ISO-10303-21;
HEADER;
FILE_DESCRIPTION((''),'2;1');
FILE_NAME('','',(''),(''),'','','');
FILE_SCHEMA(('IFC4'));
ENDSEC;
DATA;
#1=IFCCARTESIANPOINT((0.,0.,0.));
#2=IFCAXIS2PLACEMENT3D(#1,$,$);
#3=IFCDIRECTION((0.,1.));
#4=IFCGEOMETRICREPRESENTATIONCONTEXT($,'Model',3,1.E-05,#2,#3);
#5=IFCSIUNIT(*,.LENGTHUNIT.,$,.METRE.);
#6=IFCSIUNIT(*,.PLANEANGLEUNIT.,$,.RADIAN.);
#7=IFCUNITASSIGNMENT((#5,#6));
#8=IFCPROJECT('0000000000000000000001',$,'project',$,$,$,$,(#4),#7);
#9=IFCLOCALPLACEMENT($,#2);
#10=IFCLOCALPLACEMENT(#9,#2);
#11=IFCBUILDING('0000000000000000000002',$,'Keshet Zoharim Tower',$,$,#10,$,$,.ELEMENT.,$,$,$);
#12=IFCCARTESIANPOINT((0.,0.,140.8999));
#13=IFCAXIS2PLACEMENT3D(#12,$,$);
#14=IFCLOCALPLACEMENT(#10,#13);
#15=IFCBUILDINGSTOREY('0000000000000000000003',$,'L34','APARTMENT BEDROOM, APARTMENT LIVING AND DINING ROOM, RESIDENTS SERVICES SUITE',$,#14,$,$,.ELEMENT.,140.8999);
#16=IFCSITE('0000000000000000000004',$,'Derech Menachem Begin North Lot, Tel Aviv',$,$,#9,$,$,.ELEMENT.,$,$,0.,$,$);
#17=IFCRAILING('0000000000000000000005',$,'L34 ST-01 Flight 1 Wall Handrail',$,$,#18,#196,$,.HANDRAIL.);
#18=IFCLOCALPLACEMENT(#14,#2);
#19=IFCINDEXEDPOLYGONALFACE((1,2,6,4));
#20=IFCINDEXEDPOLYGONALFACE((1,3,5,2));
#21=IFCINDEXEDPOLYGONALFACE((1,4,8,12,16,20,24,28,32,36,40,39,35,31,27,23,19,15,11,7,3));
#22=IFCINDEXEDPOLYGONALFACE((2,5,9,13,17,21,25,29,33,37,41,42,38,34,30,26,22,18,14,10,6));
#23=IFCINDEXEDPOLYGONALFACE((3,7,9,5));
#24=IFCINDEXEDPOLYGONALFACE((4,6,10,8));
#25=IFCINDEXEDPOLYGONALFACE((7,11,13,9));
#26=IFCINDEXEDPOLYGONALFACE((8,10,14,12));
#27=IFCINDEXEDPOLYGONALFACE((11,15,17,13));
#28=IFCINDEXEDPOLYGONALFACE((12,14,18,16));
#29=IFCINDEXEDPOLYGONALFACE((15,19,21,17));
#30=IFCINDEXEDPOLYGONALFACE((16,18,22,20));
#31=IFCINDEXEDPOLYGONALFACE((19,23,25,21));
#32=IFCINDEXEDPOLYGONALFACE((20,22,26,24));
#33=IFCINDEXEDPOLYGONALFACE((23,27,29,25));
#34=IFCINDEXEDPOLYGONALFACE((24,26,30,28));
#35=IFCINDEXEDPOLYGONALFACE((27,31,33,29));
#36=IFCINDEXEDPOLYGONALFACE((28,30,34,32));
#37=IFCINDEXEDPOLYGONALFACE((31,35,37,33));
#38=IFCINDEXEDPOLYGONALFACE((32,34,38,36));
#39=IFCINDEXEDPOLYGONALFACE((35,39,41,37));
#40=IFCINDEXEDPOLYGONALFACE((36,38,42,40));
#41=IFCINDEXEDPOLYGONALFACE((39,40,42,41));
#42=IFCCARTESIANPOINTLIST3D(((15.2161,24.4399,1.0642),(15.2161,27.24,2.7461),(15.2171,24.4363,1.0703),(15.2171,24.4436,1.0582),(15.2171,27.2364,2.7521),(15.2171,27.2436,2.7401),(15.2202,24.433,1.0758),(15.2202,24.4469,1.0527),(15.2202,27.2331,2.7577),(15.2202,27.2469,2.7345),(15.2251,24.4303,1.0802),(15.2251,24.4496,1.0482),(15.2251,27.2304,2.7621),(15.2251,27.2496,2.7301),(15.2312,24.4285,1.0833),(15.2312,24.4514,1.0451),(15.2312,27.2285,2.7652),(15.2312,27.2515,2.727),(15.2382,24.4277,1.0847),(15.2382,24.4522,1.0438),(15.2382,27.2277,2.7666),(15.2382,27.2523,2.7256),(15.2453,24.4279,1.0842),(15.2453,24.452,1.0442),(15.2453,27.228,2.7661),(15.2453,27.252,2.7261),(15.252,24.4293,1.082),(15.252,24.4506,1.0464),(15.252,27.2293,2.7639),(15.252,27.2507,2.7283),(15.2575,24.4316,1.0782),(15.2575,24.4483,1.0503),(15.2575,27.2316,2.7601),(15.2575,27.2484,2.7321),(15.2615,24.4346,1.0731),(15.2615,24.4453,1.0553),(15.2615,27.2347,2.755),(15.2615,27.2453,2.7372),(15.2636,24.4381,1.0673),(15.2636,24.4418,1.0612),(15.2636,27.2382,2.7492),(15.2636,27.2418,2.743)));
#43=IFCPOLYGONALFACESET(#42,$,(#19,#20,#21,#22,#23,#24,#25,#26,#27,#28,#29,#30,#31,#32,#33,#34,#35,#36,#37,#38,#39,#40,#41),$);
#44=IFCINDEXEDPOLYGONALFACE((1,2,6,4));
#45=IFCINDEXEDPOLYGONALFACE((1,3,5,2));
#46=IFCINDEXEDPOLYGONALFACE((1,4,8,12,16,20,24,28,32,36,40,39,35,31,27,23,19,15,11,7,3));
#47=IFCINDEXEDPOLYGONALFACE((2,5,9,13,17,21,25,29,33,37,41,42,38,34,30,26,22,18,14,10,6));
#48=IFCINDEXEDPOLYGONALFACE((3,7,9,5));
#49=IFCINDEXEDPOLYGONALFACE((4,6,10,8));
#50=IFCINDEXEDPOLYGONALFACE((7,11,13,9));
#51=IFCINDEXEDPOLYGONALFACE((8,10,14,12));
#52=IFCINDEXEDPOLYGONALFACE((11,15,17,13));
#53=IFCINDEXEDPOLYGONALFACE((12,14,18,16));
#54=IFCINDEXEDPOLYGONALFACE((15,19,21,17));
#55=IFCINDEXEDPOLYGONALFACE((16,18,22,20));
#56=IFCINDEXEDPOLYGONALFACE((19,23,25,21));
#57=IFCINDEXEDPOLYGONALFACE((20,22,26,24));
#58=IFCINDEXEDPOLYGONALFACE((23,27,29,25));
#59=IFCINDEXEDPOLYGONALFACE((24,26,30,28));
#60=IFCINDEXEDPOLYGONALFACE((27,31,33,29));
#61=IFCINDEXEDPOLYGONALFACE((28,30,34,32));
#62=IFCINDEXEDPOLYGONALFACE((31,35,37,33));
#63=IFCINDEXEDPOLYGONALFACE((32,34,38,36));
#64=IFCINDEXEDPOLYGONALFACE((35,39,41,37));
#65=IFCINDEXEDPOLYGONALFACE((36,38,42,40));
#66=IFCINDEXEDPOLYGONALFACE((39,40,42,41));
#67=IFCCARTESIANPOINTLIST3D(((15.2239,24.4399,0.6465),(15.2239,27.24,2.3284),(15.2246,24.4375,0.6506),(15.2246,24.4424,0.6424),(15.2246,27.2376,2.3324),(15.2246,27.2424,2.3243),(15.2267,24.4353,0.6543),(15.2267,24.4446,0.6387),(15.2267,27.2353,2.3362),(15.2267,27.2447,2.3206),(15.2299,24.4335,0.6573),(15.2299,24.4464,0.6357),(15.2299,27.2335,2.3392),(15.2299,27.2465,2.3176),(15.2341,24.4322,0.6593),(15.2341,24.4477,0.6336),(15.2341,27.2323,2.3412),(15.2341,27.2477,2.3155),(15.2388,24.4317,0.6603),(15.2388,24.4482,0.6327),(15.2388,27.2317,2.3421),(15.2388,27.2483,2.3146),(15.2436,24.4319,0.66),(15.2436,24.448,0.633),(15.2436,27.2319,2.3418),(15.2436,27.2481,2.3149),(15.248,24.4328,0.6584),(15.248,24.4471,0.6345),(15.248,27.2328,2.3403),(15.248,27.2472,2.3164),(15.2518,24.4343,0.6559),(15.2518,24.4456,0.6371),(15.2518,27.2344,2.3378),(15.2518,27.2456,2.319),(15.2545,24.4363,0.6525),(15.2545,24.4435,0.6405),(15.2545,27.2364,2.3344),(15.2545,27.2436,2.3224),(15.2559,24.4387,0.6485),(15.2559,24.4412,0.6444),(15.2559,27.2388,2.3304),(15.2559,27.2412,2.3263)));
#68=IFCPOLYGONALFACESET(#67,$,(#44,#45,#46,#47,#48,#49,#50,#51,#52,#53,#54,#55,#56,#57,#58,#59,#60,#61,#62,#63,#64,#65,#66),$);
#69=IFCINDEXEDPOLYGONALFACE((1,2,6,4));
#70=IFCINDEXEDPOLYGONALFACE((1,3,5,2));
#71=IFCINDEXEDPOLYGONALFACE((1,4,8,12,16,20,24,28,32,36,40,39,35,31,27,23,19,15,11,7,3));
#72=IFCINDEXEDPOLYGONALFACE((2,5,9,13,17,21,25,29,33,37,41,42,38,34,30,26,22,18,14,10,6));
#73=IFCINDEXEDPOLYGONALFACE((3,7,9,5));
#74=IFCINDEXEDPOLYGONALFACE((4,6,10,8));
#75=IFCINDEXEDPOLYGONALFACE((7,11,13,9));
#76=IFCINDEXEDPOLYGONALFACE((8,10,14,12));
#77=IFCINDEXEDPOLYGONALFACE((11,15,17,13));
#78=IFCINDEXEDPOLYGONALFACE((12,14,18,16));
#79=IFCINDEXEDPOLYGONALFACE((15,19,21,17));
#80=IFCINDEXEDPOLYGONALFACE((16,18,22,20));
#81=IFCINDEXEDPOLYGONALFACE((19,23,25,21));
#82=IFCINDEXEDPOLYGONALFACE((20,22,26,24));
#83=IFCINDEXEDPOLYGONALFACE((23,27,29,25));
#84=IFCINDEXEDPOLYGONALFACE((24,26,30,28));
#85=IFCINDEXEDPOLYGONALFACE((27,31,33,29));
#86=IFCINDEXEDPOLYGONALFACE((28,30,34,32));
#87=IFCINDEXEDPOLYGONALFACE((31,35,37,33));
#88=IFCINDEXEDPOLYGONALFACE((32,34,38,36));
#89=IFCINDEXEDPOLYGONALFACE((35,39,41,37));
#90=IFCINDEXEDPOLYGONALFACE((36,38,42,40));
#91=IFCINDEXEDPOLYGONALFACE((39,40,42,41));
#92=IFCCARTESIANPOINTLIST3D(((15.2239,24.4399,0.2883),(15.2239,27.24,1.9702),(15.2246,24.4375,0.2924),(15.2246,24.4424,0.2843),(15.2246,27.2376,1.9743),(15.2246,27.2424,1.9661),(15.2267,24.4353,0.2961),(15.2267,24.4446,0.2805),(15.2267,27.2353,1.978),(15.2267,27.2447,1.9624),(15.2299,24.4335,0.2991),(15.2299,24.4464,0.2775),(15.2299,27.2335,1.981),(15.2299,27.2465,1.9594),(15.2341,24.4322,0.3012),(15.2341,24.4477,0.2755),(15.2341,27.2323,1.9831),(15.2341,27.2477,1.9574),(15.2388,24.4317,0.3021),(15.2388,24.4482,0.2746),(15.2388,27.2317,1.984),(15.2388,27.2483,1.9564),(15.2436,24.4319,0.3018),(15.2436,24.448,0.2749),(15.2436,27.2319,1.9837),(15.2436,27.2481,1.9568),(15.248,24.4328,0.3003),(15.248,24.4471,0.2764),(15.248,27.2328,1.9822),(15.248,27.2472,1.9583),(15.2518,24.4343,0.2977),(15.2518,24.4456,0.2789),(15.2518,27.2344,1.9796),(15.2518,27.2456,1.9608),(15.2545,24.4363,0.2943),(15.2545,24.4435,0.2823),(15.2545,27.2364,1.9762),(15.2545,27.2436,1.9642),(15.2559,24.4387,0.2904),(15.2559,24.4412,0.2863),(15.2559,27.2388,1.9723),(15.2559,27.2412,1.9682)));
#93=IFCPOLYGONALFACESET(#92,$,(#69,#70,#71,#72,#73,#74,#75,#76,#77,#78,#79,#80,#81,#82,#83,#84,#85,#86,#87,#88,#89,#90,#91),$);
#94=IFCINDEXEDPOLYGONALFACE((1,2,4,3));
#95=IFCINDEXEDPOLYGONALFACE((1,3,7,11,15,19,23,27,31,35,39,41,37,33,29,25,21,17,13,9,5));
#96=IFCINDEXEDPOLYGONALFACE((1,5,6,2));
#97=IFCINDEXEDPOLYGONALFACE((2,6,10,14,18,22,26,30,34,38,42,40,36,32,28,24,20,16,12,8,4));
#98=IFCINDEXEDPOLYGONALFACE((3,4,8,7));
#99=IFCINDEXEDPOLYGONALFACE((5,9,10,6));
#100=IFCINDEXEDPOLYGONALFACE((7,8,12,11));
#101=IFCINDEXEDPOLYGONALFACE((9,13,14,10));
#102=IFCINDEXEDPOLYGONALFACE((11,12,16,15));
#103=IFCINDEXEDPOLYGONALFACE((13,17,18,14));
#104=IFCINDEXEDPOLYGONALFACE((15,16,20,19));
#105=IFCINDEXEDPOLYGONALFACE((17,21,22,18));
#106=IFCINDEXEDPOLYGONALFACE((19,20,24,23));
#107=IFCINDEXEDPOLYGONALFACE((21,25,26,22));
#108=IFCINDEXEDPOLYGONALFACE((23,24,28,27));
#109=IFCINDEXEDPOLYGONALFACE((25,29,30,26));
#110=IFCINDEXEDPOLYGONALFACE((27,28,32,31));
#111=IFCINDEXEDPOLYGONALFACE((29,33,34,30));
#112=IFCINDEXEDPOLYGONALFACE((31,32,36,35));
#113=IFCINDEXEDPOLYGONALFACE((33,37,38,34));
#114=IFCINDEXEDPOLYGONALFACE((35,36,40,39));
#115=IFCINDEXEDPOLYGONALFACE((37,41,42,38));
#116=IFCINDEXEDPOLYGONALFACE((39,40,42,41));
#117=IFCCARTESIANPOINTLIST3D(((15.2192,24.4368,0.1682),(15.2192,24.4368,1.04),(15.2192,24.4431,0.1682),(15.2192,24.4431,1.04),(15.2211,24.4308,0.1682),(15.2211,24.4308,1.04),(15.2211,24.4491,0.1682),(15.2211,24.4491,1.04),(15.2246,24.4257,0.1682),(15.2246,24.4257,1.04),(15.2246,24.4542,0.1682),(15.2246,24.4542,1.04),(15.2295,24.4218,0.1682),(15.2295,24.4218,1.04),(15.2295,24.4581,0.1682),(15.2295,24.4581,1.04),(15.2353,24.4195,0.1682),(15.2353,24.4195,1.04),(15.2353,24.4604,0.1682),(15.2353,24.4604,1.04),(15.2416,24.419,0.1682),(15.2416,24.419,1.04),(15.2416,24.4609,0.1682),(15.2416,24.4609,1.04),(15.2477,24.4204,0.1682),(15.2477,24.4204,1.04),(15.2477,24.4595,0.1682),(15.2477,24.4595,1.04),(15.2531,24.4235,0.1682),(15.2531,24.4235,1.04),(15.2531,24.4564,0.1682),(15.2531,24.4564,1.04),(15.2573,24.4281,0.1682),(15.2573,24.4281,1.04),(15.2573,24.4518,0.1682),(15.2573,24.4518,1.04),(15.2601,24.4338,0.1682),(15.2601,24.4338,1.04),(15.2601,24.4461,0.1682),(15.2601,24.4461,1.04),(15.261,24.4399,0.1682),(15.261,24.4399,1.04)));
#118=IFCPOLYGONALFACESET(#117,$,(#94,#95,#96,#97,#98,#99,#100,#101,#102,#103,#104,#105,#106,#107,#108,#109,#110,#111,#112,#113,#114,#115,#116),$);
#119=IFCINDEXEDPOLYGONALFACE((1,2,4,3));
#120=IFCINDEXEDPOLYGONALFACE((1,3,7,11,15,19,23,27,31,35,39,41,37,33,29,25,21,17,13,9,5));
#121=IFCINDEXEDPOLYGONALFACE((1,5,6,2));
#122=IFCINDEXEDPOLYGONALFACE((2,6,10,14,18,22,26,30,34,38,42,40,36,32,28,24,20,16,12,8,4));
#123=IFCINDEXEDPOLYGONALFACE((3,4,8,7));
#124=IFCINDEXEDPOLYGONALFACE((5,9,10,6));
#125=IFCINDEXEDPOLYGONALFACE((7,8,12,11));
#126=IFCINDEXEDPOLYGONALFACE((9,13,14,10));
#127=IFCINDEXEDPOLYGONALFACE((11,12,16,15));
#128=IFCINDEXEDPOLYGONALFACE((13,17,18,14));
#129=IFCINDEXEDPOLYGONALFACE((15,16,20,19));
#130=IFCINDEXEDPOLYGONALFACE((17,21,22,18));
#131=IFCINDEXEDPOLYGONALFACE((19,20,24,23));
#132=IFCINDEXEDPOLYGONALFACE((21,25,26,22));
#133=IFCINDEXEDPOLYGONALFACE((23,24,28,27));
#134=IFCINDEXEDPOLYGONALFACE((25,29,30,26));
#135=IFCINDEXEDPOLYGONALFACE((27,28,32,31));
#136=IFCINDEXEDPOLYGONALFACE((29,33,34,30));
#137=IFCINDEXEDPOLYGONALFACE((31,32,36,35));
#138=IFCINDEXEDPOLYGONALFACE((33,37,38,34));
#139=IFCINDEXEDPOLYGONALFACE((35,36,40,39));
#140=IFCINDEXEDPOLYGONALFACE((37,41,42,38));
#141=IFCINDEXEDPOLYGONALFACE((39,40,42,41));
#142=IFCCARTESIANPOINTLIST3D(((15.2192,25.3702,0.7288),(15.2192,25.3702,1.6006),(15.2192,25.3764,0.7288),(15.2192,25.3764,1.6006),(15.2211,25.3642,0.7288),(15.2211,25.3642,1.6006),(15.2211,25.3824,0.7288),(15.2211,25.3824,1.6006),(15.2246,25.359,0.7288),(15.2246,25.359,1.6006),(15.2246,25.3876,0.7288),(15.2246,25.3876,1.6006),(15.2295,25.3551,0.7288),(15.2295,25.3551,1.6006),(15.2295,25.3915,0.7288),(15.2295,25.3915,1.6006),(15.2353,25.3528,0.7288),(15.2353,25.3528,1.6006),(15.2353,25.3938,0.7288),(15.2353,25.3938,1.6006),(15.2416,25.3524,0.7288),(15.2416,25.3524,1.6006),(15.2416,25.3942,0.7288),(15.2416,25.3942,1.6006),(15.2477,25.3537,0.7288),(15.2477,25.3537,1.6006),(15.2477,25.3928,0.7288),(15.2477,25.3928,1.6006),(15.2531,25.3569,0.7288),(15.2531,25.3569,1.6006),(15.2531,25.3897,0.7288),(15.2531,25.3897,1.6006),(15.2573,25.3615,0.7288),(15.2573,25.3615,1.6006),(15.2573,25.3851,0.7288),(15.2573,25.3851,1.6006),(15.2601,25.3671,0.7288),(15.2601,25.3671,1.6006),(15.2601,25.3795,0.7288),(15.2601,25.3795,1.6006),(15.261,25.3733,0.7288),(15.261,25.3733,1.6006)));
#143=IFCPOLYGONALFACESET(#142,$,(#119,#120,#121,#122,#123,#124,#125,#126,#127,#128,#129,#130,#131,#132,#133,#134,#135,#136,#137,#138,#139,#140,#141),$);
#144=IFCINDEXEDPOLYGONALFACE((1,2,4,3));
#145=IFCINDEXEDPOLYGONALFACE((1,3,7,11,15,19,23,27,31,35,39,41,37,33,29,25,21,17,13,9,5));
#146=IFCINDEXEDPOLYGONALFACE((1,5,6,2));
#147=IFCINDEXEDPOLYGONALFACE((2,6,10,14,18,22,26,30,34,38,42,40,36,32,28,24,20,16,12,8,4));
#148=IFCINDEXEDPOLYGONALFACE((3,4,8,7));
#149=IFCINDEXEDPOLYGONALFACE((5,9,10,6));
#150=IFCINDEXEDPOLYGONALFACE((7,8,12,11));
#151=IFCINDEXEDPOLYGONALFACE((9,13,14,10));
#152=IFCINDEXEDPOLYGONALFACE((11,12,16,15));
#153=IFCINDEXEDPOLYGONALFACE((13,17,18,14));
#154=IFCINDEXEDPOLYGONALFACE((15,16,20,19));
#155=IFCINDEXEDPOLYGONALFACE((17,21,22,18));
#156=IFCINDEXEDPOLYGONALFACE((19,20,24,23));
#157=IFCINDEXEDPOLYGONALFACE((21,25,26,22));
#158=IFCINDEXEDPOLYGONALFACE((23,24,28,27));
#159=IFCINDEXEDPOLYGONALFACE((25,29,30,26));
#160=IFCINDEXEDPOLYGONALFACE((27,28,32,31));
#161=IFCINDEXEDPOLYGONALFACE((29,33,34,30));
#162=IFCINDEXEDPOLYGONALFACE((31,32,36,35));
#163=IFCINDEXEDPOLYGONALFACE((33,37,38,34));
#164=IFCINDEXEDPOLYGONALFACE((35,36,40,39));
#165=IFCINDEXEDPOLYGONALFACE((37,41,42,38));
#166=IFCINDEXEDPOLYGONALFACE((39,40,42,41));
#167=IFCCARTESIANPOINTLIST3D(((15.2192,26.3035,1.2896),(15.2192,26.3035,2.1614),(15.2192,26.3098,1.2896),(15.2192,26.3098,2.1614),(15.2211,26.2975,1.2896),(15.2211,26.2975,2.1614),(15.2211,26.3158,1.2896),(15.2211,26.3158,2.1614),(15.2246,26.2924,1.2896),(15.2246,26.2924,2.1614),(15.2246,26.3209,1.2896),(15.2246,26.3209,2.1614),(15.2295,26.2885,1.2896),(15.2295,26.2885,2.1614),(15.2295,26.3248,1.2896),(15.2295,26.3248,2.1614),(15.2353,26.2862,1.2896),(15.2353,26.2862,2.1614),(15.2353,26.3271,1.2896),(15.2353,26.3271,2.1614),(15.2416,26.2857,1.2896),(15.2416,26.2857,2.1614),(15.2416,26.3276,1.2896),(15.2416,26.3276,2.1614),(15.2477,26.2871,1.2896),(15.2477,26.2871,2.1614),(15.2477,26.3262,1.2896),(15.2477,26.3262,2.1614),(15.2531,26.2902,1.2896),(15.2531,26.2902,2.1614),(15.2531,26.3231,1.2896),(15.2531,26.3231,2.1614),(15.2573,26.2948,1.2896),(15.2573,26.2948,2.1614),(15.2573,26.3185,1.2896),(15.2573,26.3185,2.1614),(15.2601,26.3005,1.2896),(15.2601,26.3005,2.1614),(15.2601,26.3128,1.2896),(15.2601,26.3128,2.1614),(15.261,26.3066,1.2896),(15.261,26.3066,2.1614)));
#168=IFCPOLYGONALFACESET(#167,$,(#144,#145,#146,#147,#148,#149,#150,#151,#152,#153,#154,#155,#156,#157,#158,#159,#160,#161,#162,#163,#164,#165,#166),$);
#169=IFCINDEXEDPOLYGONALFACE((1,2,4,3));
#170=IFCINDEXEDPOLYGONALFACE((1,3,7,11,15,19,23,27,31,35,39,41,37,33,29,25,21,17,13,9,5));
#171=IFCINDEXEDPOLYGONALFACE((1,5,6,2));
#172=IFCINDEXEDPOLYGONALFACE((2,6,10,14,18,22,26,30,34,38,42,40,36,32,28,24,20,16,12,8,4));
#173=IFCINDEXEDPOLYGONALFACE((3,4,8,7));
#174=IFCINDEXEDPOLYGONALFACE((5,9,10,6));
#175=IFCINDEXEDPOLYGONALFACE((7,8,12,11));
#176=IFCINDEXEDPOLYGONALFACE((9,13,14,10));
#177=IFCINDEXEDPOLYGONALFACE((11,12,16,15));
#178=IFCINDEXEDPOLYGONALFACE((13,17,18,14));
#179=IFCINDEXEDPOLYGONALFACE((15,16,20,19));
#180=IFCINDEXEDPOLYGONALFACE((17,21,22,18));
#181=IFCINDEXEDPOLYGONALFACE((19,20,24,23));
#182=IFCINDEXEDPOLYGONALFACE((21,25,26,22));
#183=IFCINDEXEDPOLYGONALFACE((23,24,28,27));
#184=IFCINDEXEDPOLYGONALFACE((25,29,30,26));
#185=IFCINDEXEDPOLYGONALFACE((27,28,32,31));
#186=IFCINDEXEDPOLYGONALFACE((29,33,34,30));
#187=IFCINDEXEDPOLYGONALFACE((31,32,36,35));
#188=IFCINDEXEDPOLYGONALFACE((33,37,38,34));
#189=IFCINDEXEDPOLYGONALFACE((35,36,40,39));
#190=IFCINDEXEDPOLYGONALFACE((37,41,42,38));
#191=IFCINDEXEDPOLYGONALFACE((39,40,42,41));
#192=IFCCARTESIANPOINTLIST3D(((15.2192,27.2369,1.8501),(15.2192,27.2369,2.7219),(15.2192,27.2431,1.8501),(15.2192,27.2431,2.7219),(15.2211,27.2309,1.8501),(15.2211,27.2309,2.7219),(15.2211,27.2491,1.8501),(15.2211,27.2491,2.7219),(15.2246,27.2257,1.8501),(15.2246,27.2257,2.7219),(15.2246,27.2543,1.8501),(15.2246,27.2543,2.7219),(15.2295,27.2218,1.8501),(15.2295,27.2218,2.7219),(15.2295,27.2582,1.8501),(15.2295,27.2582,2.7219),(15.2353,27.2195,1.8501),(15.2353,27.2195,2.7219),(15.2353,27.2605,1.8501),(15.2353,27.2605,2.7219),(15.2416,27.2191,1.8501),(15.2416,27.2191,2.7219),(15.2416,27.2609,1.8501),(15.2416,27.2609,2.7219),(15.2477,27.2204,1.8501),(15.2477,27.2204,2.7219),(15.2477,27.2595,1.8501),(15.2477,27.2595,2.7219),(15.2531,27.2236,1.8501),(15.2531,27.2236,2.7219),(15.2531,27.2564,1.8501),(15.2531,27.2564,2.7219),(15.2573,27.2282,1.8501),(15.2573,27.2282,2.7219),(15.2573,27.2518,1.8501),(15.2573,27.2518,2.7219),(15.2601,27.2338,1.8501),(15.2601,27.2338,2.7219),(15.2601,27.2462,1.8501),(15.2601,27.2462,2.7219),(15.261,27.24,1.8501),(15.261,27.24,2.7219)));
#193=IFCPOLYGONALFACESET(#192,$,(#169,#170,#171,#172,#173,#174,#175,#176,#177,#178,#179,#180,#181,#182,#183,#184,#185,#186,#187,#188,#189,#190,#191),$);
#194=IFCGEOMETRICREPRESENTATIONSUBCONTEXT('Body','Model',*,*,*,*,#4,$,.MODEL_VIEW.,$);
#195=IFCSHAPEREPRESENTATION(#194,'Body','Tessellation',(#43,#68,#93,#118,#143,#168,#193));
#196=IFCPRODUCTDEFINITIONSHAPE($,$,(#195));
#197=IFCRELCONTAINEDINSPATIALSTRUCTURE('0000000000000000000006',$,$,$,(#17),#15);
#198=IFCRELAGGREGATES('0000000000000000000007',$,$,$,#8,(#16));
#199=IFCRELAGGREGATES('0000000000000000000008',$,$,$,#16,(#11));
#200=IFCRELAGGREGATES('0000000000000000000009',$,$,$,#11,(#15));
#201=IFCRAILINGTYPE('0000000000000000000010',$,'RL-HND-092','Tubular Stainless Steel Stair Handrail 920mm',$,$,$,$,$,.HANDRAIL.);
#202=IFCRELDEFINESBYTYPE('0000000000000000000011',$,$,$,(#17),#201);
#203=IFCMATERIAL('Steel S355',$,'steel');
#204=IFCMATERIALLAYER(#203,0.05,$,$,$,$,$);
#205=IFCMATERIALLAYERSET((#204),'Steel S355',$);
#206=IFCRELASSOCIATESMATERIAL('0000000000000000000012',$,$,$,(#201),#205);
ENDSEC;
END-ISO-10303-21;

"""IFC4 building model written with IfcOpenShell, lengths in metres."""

from ifc_helpers import new_model, si_unit, direction, frame, origin, origin_2d, place, context, subcontext, project, spatial, circle, extrude, material, layer, layer_set, type_object, element, save


model = new_model("IFC4")

# Units and contexts
model_context = context("Model", 3, precision=1e-05, world=origin(), true_north=direction((0.0, 1.0)))
body_context = subcontext(model_context, "Body", "Model", "MODEL_VIEW")
ifc_project = project(units=[si_unit("LENGTHUNIT", "METRE"), si_unit("PLANEANGLEUNIT", "RADIAN")], contexts=[model_context])

# Site, building, storey
site_placement = place(None, origin())
site = spatial("IfcSite", under=ifc_project, at=site_placement, Name="Derech Menachem Begin North Lot, Tel Aviv", CompositionType="ELEMENT", RefElevation=0.0)
building_placement = place(site_placement, origin())
building = spatial("IfcBuilding", under=site, at=building_placement, Name="Keshet Zoharim Tower", CompositionType="ELEMENT")
storey_placement = place(building_placement, frame((0.0, 0.0, 140.8999)))
storey = spatial("IfcBuildingStorey", under=building, at=storey_placement, Name="L34", Description="APARTMENT BEDROOM, APARTMENT LIVING AND DINING ROOM, RESIDENTS SERVICES SUITE", CompositionType="ELEMENT", Elevation=140.8999)

# Shared definitions
ifc_material_1 = material(Name="Steel S355", Category="steel")

# Railing
ifc_layer_1 = layer(ifc_material_1, 0.05)
ifc_layer_set_1 = layer_set([ifc_layer_1], Name="Steel S355")
railing_type = type_object("IfcRailingType", Name="RL-HND-092", Description="Tubular Stainless Steel Stair Handrail 920mm", PredefinedType="HANDRAIL", material=ifc_layer_set_1)
railing_placement = place(storey_placement, frame((15.24, 24.4399, 0.1682)))
element("IfcRailing", 1, at=railing_placement, inside=storey, type_object=railing_type, Name="L34 ST-01 Flight 1 Wall Handrail", PredefinedType="HANDRAIL", context=body_context, shape_type="SweptSolid", body=[
    extrude(circle(Radius=0.0239, at=origin_2d()), frame((0.0, 0.0, 0.896), z_axis=(0.0, 0.857242, 0.514913), x_axis=(-1.0, 0.0, 0.0)), (0.0, 0.0, 1.0), 3.2664),
    extrude(circle(Radius=0.0161, at=origin_2d()), frame((0.0, 0.0, 0.4783), z_axis=(0.0, 0.857242, 0.514913), x_axis=(-1.0, 0.0, 0.0)), (0.0, 0.0, 1.0), 3.2664),
    extrude(circle(Radius=0.0161, at=origin_2d()), frame((0.0, 0.0, 0.1201), z_axis=(0.0, 0.857242, 0.514913), x_axis=(-1.0, 0.0, 0.0)), (0.0, 0.0, 1.0), 3.2664),
    extrude(circle(Radius=0.021, at=origin_2d()), origin(), (0.0, 0.0, 1.0), 0.8718),
    extrude(circle(Radius=0.021, at=origin_2d()), frame((0.0, 0.9333, 0.5605)), (0.0, 0.0, 1.0), 0.8718),
    extrude(circle(Radius=0.021, at=origin_2d()), frame((0.0, 1.8667, 1.1213)), (0.0, 0.0, 1.0), 0.8718),
    extrude(circle(Radius=0.021, at=origin_2d()), frame((0.0, 2.8, 1.6819)), (0.0, 0.0, 1.0), 0.8718),
])

save(model, "model.ifc")
